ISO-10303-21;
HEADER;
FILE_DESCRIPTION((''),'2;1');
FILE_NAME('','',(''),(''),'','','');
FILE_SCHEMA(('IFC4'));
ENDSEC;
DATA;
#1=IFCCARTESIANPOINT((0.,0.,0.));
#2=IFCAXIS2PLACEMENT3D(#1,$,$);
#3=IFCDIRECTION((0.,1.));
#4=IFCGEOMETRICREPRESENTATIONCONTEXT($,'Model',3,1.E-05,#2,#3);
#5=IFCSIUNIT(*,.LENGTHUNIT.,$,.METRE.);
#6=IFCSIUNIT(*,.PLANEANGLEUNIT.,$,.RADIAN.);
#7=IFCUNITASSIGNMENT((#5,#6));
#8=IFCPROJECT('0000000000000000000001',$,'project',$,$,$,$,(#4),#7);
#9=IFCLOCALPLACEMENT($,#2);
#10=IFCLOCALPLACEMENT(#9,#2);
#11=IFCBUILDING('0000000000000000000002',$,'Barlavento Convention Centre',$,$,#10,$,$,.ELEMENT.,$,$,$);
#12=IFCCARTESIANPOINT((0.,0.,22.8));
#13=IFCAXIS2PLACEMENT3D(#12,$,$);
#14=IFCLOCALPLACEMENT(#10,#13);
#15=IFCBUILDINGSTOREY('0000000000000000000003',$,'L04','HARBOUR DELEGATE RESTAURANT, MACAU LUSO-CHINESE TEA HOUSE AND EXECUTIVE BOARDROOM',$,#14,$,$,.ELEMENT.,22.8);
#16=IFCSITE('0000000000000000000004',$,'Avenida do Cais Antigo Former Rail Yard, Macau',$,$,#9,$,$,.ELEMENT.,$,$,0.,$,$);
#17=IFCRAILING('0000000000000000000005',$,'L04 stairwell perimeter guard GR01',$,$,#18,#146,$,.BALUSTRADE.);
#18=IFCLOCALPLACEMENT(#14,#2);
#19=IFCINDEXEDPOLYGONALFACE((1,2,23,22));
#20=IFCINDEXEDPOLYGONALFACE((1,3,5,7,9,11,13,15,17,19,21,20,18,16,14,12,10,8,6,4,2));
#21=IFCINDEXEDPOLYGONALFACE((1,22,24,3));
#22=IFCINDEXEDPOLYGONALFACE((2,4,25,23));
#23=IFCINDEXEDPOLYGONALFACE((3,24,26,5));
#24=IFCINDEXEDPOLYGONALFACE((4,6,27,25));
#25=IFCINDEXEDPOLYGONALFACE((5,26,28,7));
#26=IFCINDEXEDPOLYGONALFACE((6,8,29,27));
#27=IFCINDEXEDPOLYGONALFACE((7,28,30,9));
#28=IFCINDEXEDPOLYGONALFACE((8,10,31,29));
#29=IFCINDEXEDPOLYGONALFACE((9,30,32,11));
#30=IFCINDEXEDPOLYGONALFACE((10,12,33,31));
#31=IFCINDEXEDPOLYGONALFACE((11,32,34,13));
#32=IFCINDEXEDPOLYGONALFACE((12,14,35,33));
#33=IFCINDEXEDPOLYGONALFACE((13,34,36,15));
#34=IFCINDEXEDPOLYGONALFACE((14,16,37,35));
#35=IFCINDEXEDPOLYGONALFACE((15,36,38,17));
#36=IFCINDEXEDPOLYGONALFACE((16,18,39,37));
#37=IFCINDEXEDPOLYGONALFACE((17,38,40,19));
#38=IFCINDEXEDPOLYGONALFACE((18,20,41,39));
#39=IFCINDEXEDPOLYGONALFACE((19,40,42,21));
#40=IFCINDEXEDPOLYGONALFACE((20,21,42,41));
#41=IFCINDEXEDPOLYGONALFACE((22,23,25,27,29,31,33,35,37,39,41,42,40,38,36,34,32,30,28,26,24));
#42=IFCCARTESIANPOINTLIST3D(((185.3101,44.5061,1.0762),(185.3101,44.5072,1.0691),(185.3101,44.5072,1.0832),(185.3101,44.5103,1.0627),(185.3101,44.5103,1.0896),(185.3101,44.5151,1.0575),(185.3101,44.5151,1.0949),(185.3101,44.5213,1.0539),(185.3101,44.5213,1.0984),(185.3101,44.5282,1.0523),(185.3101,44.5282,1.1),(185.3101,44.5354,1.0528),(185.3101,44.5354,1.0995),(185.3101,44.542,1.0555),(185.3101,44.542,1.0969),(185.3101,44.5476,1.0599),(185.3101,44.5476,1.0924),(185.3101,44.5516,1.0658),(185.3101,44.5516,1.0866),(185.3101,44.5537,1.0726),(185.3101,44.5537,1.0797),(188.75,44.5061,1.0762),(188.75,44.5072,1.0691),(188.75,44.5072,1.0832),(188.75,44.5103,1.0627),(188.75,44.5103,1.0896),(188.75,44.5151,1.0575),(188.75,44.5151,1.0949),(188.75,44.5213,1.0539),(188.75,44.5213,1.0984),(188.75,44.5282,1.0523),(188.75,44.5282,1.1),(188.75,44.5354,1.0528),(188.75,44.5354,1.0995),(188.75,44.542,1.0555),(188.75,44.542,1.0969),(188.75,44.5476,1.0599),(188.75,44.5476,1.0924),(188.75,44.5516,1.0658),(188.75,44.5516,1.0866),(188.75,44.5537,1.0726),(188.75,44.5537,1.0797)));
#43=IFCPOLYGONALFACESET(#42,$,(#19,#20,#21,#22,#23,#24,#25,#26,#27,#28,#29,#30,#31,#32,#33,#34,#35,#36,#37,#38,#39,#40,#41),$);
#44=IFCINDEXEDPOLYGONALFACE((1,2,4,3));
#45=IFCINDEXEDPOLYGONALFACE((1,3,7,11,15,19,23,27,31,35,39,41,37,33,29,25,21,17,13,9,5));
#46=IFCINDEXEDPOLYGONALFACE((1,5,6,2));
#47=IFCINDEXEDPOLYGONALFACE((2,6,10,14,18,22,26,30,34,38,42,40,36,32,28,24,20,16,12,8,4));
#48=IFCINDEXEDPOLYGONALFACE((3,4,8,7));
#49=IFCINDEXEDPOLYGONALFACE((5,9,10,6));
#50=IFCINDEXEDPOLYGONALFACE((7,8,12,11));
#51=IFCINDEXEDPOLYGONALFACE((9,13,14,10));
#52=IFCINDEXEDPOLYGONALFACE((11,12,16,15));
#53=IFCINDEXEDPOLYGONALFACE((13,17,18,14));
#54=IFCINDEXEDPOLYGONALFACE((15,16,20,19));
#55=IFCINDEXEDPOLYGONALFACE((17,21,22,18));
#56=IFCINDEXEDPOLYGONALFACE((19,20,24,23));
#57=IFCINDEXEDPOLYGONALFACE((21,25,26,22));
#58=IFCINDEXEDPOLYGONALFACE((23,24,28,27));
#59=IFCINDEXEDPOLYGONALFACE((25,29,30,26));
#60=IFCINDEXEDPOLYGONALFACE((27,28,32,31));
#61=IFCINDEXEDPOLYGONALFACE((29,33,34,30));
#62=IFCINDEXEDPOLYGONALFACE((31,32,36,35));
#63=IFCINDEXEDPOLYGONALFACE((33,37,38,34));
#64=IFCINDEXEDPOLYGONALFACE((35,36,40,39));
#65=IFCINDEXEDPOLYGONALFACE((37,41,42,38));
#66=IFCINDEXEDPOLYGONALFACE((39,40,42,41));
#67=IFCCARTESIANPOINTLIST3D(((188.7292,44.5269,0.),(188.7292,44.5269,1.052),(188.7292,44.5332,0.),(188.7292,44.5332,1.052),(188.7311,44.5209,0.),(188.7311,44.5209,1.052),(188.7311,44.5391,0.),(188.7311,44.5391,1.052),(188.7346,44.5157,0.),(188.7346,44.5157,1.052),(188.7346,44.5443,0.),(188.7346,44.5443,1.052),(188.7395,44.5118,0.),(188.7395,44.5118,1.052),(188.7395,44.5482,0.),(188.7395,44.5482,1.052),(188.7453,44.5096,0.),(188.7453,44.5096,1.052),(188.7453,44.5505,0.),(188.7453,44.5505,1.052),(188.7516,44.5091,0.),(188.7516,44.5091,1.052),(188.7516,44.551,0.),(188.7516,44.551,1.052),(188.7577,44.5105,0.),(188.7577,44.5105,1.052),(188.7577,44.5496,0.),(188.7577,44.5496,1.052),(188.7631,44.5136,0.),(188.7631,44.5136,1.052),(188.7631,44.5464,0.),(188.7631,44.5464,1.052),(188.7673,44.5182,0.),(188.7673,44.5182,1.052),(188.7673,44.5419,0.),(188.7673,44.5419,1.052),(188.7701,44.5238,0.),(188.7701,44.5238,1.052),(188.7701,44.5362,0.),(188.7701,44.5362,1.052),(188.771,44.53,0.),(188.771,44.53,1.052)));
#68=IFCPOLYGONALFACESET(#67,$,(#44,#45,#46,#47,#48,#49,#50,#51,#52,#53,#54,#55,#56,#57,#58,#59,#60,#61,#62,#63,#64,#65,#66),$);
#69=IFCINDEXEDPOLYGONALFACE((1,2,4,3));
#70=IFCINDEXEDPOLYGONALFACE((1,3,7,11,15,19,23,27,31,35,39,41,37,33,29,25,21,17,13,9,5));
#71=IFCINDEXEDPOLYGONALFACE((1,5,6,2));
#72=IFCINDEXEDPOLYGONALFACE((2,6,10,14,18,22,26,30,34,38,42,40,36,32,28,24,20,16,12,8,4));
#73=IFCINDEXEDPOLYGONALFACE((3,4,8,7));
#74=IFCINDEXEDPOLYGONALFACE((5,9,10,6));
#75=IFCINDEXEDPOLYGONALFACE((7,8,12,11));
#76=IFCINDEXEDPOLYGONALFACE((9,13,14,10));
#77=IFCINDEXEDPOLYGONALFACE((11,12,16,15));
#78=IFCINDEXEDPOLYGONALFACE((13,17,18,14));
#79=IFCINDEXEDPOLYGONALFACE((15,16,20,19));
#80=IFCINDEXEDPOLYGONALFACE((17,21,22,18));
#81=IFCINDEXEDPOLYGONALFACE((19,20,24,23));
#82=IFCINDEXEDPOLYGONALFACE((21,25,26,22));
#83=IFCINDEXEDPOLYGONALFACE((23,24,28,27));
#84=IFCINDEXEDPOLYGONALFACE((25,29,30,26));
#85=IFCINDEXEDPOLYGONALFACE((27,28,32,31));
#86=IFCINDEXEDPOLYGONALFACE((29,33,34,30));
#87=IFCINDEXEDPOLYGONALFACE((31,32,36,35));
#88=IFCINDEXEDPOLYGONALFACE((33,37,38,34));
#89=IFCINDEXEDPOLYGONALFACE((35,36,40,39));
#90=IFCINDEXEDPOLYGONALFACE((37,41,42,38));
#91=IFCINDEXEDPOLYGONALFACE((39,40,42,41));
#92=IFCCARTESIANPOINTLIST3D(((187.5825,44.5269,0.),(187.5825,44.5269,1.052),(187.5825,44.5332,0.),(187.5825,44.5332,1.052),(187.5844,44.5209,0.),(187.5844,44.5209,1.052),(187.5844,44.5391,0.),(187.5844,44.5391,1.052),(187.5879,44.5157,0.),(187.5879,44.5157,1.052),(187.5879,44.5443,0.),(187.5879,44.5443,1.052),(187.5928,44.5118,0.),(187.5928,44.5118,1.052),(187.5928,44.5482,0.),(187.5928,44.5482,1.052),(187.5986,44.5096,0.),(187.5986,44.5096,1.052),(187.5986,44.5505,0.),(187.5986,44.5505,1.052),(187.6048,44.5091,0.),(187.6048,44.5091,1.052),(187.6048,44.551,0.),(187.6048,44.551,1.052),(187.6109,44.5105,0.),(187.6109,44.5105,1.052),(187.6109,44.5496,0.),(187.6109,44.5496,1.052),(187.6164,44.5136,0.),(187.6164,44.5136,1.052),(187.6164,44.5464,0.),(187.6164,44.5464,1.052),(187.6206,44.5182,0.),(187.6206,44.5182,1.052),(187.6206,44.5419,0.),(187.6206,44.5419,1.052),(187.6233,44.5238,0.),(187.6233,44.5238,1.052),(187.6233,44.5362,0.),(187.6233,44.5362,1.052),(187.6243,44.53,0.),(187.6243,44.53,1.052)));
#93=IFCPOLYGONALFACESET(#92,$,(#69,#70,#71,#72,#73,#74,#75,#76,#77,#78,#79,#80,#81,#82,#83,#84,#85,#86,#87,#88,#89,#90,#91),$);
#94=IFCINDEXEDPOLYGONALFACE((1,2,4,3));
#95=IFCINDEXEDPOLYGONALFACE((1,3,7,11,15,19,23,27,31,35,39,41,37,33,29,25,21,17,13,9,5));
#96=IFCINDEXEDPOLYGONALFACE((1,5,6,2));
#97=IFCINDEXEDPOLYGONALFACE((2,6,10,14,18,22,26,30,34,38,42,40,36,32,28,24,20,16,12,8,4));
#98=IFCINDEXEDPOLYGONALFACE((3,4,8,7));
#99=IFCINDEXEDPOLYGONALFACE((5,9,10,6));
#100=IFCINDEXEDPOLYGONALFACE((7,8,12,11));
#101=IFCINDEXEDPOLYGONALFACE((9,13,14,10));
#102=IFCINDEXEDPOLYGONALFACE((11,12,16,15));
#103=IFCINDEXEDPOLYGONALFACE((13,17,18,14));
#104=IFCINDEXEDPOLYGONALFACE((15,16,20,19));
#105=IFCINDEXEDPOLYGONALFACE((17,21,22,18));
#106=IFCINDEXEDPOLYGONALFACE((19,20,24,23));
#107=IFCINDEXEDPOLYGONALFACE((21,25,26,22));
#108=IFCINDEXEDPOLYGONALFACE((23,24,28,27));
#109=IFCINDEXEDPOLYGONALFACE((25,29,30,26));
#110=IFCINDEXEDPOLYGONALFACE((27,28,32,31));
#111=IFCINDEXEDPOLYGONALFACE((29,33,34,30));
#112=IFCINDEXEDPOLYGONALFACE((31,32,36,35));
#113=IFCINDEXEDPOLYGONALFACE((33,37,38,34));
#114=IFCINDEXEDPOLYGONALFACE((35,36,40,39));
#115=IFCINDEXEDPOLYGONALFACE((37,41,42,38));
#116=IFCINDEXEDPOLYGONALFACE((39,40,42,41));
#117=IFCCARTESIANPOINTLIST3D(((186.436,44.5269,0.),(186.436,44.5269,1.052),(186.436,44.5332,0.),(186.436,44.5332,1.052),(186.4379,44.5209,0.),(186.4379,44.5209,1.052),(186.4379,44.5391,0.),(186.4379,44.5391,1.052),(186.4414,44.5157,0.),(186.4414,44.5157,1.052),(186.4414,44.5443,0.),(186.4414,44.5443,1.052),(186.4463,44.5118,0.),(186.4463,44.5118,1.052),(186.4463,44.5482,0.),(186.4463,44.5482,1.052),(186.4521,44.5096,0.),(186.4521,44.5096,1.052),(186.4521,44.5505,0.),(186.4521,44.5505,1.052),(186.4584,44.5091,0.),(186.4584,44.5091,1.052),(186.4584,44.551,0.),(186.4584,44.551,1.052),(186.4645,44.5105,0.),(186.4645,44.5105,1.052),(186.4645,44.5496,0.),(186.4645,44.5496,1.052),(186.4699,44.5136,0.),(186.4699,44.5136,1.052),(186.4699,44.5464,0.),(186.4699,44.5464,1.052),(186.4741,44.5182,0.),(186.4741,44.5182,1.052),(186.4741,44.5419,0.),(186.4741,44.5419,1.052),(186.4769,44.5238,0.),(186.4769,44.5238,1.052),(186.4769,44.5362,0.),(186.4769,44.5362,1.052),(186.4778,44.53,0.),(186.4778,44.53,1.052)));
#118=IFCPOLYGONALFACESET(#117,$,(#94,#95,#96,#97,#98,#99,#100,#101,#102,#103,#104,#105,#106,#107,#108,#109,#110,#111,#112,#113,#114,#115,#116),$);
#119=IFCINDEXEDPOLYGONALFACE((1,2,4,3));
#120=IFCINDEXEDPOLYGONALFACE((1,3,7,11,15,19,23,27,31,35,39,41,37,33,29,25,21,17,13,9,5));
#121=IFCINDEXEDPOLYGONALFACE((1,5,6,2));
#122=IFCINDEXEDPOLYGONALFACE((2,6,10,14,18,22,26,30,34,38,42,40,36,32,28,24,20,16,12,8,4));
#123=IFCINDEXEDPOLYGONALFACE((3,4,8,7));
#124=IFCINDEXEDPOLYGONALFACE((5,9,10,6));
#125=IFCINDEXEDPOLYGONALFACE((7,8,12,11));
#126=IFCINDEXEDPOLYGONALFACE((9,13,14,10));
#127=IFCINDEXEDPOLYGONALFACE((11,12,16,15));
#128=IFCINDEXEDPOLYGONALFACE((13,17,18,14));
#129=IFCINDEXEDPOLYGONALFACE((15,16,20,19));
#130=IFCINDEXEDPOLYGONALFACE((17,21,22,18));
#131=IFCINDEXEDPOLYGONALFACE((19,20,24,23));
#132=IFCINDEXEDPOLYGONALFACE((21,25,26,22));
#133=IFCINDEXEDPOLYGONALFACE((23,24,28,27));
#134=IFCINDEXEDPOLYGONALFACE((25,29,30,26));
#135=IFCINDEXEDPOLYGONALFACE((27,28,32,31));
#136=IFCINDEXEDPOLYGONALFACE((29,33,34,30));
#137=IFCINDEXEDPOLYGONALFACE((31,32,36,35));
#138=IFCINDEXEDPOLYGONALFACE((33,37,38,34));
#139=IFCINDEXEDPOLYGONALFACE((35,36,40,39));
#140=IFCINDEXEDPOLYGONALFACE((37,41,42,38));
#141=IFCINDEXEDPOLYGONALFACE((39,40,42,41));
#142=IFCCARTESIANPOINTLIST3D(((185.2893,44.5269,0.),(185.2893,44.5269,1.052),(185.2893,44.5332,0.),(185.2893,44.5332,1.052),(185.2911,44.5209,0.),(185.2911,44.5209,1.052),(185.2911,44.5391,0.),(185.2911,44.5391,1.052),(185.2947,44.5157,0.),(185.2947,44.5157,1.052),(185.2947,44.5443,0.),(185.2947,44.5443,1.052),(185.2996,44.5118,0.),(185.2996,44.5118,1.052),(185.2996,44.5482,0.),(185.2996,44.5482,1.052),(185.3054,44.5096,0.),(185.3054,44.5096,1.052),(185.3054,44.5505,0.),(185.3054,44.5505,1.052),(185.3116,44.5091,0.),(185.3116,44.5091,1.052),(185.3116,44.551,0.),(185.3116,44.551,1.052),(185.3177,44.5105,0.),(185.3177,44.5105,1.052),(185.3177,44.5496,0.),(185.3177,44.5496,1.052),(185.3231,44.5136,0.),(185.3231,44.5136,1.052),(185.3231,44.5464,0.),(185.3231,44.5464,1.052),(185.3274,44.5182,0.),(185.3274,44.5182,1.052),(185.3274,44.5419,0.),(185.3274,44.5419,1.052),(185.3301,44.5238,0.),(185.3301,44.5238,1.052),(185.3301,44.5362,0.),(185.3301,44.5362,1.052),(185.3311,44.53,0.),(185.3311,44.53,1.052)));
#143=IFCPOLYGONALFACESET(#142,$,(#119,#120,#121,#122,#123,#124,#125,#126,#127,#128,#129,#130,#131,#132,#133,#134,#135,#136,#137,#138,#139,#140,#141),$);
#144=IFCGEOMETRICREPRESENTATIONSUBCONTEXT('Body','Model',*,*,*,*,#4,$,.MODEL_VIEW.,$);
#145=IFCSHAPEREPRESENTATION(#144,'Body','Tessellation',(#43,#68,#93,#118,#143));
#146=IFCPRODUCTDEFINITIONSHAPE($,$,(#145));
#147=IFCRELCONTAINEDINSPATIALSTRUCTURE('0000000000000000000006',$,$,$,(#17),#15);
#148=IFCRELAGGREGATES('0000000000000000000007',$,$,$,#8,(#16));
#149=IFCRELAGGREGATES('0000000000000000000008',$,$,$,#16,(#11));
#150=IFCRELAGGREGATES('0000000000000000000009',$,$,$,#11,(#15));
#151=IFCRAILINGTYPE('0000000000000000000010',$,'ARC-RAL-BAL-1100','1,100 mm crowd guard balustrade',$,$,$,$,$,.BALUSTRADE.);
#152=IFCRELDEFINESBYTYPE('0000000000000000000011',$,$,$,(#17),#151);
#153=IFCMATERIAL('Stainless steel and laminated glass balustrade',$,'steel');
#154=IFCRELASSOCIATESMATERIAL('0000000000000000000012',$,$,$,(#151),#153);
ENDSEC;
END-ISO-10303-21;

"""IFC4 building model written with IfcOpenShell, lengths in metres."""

from ifc_helpers import new_model, si_unit, direction, frame, origin, origin_2d, place, context, subcontext, project, spatial, circle, extrude, material, type_object, element, save


model = new_model("IFC4")

# Units and contexts
model_context = context("Model", 3, precision=1e-05, world=origin(), true_north=direction((0.0, 1.0)))
body_context = subcontext(model_context, "Body", "Model", "MODEL_VIEW")
ifc_project = project(units=[si_unit("LENGTHUNIT", "METRE"), si_unit("PLANEANGLEUNIT", "RADIAN")], contexts=[model_context])

# Site, building, storey
site_placement = place(None, origin())
site = spatial("IfcSite", under=ifc_project, at=site_placement, Name="Avenida do Cais Antigo Former Rail Yard, Macau", CompositionType="ELEMENT", RefElevation=0.0)
building_placement = place(site_placement, origin())
building = spatial("IfcBuilding", under=site, at=building_placement, Name="Barlavento Convention Centre", CompositionType="ELEMENT")
storey_placement = place(building_placement, frame((0.0, 0.0, 22.8)))
storey = spatial("IfcBuildingStorey", under=building, at=storey_placement, Name="L04", Description="HARBOUR DELEGATE RESTAURANT, MACAU LUSO-CHINESE TEA HOUSE AND EXECUTIVE BOARDROOM", CompositionType="ELEMENT", Elevation=22.8)

# Railing
ifc_material_1 = material(Name="Stainless steel and laminated glass balustrade", Category="steel")
railing_type = type_object("IfcRailingType", Name="ARC-RAL-BAL-1100", Description="1,100 mm crowd guard balustrade", PredefinedType="BALUSTRADE", material=ifc_material_1)
for number, where, name in (
    (1, (188.75, 44.53, 0.0), "L04 stairwell perimeter guard GR01"),
):
    element("IfcRailing", number, at=place(storey_placement, frame(where)), inside=storey, type_object=railing_type, Name=name, PredefinedType="BALUSTRADE", context=body_context, shape_type="SweptSolid", body=[
        extrude(circle(Radius=0.0239, at=origin_2d()), frame((0.0, 0.0, 1.0762), z_axis=(-1.0, 0.0, 0.0), x_axis=(0.0, -1.0, 0.0)), (0.0, 0.0, 1.0), 3.4399),
        extrude(circle(Radius=0.021, at=origin_2d()), origin(), (0.0, 0.0, 1.0), 1.052),
        extrude(circle(Radius=0.021, at=origin_2d()), frame((-1.1467, 0.0, 0.0)), (0.0, 0.0, 1.0), 1.052),
        extrude(circle(Radius=0.021, at=origin_2d()), frame((-2.2932, 0.0, 0.0)), (0.0, 0.0, 1.0), 1.052),
        extrude(circle(Radius=0.021, at=origin_2d()), frame((-3.4399, 0.0, 0.0)), (0.0, 0.0, 1.0), 1.052),
    ])

save(model, "model.ifc")
